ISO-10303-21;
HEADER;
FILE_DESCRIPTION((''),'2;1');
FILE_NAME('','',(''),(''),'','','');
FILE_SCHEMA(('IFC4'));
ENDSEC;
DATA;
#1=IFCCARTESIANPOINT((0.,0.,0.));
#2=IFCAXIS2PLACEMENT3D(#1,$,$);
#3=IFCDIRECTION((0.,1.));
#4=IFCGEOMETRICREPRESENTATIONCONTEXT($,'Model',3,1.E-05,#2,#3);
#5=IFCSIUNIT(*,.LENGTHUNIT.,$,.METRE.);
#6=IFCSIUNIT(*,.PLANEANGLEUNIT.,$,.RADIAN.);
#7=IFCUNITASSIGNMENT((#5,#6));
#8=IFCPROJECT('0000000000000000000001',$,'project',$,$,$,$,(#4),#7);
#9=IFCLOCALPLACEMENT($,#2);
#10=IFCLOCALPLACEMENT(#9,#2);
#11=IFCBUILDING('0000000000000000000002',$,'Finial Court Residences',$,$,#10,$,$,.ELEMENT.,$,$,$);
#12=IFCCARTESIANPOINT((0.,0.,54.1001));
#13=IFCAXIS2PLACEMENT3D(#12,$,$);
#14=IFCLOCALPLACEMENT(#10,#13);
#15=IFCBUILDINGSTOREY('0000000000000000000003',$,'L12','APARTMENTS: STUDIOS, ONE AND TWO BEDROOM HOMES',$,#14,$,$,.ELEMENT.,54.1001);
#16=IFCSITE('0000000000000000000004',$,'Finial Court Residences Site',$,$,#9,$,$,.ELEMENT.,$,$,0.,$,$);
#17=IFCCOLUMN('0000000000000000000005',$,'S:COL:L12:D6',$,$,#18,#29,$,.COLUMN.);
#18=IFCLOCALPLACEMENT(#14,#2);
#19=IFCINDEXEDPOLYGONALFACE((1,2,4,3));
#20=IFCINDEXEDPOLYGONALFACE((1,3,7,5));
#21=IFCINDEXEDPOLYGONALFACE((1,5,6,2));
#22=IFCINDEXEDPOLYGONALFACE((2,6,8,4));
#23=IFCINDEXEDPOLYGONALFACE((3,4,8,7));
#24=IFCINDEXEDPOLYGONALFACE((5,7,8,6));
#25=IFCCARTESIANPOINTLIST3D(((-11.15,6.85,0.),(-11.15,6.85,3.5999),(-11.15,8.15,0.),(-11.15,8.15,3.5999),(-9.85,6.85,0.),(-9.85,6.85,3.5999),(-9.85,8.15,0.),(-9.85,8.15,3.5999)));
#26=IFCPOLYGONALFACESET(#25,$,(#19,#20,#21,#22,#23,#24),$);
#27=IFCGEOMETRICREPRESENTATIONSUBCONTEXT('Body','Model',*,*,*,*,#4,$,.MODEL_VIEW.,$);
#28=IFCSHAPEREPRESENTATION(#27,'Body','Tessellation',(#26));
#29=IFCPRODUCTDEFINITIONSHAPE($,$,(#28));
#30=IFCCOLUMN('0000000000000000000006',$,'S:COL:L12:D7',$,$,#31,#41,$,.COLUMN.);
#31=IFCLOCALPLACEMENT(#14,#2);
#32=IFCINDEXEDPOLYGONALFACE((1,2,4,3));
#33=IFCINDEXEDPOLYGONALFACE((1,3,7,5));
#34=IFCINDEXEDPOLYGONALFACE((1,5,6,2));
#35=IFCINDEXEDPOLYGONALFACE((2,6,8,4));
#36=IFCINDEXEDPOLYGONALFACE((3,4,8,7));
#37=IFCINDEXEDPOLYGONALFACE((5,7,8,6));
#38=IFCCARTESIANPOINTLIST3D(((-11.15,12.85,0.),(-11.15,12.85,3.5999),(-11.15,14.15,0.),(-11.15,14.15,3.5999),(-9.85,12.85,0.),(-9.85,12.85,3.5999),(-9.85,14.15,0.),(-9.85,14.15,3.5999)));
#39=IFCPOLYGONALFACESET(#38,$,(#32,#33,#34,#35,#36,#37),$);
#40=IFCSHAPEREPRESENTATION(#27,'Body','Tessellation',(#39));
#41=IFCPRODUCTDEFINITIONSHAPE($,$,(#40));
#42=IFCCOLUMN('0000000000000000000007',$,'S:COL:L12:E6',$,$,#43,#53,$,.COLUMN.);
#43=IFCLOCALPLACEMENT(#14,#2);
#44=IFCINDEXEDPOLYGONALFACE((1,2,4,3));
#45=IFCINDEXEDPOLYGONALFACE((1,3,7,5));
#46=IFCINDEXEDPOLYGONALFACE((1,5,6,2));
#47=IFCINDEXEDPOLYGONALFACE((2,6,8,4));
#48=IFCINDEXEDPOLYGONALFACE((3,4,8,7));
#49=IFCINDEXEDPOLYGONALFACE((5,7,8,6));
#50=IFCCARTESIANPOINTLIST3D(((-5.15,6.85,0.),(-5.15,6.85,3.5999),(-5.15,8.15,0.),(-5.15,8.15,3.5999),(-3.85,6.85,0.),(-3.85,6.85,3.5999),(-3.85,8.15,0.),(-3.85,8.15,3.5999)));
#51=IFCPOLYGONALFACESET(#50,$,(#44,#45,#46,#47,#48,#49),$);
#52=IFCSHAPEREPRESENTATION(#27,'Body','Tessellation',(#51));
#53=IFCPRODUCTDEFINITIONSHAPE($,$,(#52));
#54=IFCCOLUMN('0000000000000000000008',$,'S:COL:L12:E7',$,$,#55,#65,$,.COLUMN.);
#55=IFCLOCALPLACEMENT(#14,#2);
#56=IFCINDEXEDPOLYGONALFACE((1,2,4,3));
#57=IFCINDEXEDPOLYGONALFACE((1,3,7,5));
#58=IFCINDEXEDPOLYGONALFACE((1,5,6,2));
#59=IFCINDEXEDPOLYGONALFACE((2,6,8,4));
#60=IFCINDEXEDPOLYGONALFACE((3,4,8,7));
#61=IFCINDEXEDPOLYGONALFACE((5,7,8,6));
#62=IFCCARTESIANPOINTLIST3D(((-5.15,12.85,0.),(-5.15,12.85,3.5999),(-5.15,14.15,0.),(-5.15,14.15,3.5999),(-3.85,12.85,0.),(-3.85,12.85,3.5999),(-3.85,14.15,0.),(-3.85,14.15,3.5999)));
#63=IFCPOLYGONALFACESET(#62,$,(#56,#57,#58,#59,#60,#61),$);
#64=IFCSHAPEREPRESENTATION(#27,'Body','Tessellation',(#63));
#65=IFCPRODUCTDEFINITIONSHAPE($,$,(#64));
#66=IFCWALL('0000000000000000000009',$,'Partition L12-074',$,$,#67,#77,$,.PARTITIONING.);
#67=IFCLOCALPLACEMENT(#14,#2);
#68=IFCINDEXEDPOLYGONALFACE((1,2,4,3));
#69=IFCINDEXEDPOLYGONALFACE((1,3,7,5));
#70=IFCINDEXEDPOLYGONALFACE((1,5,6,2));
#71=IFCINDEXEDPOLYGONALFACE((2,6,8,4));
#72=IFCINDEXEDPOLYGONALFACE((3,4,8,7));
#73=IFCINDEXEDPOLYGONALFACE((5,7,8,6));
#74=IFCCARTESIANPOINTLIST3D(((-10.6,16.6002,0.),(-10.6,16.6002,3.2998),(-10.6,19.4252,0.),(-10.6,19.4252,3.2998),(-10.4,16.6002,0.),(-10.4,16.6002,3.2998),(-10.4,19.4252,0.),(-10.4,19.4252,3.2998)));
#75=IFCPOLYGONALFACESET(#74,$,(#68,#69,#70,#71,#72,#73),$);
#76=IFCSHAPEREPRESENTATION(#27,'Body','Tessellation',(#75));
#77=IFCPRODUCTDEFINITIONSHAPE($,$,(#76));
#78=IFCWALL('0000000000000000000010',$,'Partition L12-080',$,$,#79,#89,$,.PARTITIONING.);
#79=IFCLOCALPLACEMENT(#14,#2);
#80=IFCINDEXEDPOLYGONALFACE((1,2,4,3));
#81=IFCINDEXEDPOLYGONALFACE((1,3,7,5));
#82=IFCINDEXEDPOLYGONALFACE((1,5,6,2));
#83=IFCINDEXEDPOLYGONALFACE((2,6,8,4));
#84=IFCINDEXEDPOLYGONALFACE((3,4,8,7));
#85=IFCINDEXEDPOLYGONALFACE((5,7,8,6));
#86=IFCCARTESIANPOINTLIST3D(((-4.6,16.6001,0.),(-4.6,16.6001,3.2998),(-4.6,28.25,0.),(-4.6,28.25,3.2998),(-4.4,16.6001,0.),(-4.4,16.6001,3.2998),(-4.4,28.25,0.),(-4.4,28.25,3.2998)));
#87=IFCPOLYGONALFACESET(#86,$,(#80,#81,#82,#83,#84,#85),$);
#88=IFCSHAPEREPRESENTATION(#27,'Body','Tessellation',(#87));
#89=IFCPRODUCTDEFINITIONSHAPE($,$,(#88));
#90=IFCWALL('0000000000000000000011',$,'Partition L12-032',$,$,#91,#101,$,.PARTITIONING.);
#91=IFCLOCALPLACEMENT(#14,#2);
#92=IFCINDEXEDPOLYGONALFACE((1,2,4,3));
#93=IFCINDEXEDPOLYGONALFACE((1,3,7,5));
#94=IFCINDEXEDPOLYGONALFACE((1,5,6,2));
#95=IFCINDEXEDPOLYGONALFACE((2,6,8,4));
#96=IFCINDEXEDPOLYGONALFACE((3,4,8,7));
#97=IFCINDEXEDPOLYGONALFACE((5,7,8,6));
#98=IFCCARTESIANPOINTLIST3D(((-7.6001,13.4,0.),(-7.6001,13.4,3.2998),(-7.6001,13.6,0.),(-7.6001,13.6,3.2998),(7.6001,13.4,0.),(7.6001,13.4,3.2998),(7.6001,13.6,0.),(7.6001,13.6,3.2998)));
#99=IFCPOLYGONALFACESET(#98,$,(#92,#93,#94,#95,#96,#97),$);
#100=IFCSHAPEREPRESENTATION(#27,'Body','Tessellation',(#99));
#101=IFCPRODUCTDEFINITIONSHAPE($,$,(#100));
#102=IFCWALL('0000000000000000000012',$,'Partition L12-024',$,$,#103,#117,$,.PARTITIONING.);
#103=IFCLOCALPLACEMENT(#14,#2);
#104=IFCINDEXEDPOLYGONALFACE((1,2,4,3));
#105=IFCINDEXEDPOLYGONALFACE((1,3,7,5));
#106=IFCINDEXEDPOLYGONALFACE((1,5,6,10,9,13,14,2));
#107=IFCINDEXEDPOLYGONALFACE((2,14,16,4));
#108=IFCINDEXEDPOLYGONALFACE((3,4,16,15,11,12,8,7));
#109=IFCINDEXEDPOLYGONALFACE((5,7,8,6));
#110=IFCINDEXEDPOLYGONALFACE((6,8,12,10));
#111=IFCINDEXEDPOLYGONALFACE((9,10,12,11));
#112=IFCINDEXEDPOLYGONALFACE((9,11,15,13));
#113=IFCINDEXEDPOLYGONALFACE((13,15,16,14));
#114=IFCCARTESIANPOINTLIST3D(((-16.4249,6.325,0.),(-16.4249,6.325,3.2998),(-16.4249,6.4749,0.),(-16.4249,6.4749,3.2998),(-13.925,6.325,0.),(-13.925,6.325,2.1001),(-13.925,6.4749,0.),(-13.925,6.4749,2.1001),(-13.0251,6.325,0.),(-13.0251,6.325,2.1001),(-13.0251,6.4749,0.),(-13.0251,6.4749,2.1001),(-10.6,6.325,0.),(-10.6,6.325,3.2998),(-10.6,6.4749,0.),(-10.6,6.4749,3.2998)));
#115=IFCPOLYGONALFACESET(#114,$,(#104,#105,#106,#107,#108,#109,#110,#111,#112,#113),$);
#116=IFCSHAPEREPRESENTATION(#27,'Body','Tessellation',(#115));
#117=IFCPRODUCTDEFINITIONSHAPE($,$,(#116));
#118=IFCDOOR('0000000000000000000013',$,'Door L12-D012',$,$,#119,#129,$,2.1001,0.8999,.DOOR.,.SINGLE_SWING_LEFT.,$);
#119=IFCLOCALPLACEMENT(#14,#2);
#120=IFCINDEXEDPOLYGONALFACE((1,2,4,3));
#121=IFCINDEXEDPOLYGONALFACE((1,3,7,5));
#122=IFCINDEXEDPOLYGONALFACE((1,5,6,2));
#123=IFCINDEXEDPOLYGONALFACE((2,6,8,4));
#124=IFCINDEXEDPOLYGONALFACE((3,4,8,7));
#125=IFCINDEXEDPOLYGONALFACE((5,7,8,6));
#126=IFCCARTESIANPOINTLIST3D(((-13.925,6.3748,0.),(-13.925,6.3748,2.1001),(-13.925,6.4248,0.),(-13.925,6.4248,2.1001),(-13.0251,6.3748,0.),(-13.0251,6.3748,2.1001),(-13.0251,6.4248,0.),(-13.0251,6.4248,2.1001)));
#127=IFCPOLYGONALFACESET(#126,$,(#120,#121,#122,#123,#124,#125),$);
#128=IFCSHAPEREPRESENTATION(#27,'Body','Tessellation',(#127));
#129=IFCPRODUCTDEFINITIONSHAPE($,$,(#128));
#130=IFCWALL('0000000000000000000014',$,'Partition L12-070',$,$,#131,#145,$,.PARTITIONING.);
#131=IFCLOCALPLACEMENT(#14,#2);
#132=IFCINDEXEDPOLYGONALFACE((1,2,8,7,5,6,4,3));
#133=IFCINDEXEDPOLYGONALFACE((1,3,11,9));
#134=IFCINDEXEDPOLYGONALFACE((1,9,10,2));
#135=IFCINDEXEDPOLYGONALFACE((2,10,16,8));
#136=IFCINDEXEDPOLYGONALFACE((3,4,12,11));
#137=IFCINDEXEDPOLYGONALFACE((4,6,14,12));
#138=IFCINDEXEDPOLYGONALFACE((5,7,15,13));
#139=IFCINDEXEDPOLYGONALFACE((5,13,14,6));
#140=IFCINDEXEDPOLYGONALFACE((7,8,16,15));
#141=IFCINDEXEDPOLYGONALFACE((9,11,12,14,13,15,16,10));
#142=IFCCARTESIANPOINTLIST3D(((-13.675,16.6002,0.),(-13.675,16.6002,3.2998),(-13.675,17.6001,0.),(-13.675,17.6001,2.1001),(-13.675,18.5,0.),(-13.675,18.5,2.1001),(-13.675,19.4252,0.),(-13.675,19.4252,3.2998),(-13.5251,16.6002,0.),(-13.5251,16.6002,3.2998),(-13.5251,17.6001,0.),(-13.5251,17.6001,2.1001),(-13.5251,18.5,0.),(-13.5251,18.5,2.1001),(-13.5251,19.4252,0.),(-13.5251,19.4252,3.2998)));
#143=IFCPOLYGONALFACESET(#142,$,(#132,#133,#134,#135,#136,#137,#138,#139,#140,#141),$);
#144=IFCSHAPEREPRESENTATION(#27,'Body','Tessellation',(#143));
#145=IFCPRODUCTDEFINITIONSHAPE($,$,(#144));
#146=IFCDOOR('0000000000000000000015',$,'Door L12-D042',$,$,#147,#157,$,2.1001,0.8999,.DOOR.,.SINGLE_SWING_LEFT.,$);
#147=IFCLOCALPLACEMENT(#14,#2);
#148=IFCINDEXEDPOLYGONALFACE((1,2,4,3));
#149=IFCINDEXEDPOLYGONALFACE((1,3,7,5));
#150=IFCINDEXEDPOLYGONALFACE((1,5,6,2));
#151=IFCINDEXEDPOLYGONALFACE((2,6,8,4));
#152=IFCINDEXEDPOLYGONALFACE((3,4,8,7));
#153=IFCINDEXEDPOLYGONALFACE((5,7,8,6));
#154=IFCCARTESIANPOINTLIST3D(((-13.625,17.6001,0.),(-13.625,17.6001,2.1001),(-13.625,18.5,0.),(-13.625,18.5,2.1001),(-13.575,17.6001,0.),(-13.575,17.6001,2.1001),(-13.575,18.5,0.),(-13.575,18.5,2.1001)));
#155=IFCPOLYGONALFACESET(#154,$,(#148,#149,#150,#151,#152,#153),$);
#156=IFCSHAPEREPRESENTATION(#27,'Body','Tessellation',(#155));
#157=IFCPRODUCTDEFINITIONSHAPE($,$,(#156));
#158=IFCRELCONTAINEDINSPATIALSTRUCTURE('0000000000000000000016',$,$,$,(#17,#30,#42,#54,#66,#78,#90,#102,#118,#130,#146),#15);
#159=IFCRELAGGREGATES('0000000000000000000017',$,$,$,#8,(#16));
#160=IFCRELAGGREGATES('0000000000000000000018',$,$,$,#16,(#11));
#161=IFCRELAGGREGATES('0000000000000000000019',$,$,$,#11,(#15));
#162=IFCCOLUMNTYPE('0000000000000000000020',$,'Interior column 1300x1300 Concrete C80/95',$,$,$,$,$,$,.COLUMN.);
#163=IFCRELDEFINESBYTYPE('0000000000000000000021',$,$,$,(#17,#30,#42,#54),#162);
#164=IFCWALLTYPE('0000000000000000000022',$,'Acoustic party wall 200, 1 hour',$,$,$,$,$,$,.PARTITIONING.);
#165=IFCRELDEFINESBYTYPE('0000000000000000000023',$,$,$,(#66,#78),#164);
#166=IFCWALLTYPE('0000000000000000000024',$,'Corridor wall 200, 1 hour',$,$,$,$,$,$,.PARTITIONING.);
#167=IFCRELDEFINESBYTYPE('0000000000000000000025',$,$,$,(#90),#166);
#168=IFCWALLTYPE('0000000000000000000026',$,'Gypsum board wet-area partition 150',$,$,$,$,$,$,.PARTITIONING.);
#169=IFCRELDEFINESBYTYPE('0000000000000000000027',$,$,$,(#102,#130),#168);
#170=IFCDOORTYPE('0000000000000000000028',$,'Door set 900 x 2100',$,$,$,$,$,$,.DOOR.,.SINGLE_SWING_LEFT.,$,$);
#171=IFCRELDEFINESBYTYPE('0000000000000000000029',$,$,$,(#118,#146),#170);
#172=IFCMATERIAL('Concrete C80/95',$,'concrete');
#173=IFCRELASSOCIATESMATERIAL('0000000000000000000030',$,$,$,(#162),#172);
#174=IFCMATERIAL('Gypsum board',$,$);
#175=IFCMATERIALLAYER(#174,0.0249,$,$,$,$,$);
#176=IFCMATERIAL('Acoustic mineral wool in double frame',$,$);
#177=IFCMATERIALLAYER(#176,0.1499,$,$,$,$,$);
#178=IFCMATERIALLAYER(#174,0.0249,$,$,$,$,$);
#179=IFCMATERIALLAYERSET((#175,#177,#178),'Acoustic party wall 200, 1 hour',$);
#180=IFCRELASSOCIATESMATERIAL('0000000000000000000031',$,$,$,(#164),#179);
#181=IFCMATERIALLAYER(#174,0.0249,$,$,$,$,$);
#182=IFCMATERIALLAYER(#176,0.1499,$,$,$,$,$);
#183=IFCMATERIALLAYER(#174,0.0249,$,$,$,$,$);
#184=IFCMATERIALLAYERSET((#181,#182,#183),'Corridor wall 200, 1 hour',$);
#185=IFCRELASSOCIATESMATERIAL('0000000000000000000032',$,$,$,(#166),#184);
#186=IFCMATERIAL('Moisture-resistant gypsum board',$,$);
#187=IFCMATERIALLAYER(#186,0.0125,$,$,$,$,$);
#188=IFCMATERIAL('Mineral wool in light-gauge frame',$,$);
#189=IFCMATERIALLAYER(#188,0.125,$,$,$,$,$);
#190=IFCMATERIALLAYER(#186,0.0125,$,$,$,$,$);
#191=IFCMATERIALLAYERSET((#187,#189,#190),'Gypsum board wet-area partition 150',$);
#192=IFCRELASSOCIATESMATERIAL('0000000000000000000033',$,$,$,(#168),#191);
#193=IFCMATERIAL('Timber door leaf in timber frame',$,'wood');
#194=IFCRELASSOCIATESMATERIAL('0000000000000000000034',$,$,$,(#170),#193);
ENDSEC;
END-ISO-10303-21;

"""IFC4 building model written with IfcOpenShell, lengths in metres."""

from ifc_helpers import new_model, si_unit, direction, frame, frame_2d, origin, origin_2d, place, context, subcontext, project, spatial, rectangle, extrude, material, layer, layer_set, material_profile, profile_set, type_object, element, fill, save


model = new_model("IFC4")

# Units and contexts
model_context = context("Model", 3, precision=1e-05, world=origin(), true_north=direction((0.0, 1.0)))
body_context = subcontext(model_context, "Body", "Model", "MODEL_VIEW")
ifc_project = project(units=[si_unit("LENGTHUNIT", "METRE"), si_unit("PLANEANGLEUNIT", "RADIAN")], contexts=[model_context])

# Site, building, storey
site_placement = place(None, origin())
site = spatial("IfcSite", under=ifc_project, at=site_placement, Name="Finial Court Residences Site", CompositionType="ELEMENT", RefElevation=0.0)
building_placement = place(site_placement, origin())
building = spatial("IfcBuilding", under=site, at=building_placement, Name="Finial Court Residences", CompositionType="ELEMENT")
storey_placement = place(building_placement, frame((0.0, 0.0, 54.1001)))
storey = spatial("IfcBuildingStorey", under=building, at=storey_placement, Name="L12", Description="APARTMENTS: STUDIOS, ONE AND TWO BEDROOM HOMES", CompositionType="ELEMENT", Elevation=54.1001)

# Columns
ifc_material_1 = material(Name="Concrete C80/95", Category="concrete")
ifc_material_profile = material_profile(ifc_material_1, rectangle(XDim=1.3, YDim=1.3, at=origin_2d()), Name="1300x1300")
ifc_profile_set = profile_set([ifc_material_profile], Name="Concrete C80/95")
column_type = type_object("IfcColumnType", Name="Interior column 1300x1300 Concrete C80/95", PredefinedType="COLUMN", material=ifc_profile_set)
for number, where, z_axis, x_axis, name in (
    (1, (-10.5, 7.5, 0.0), (0.0, 0.0, 1.0), (1.0, 0.0, 0.0), "S:COL:L12:D6"),
    (2, (-10.5, 13.5, 0.0), (0.0, 0.0, 1.0), (1.0, 0.0, 0.0), "S:COL:L12:D7"),
    (3, (-4.5, 7.5, 0.0), (0.0, 0.0, 1.0), (1.0, 0.0, 0.0), "S:COL:L12:E6"),
    (4, (-4.5, 13.5, 0.0), (0.0, 0.0, 1.0), (1.0, 0.0, 0.0), "S:COL:L12:E7"),
):
    element("IfcColumn", number, at=place(storey_placement, frame(where, z_axis=z_axis, x_axis=x_axis)), inside=storey, type_object=column_type, Name=name, PredefinedType="COLUMN", context=body_context, shape_type="SweptSolid", body=[
        extrude(rectangle(XDim=1.3, YDim=1.3, at=origin_2d()), origin(), (0.0, 0.0, 1.0), 3.5999),
    ])

# Walls
ifc_material_2 = material(Name="Gypsum board")
ifc_layer_1 = layer(ifc_material_2, 0.0249)
ifc_material_3 = material(Name="Acoustic mineral wool in double frame")
ifc_layer_2 = layer(ifc_material_3, 0.1499)
ifc_layer_3 = layer(ifc_material_2, 0.0249)
ifc_layer_set_1 = layer_set([ifc_layer_1, ifc_layer_2, ifc_layer_3], Name="Acoustic party wall 200, 1 hour")
wall_type_1 = type_object("IfcWallType", Name="Acoustic party wall 200, 1 hour", PredefinedType="PARTITIONING", material=ifc_layer_set_1)
wall_1_placement = place(storey_placement, frame((-10.5, 16.6001, 0.0), z_axis=(0.0, 0.0, 1.0), x_axis=(0.0, 1.0, 0.0)))
element("IfcWall", 5, at=wall_1_placement, inside=storey, type_object=wall_type_1, Name="Partition L12-074", PredefinedType="PARTITIONING", context=body_context, shape_type="SweptSolid", body=[
    extrude(rectangle(XDim=2.825, YDim=0.2, at=frame_2d((1.4126, 0.0))), origin(), (0.0, 0.0, 1.0), 3.2998),
])
wall_2_placement = place(storey_placement, frame((-4.5, 16.6001, 0.0), z_axis=(0.0, 0.0, 1.0), x_axis=(0.0, 1.0, 0.0)))
element("IfcWall", 6, at=wall_2_placement, inside=storey, type_object=wall_type_1, Name="Partition L12-080", PredefinedType="PARTITIONING", context=body_context, shape_type="SweptSolid", body=[
    extrude(rectangle(XDim=11.6499, YDim=0.2, at=frame_2d((5.825, 0.0))), origin(), (0.0, 0.0, 1.0), 3.2998),
])
ifc_layer_4 = layer(ifc_material_2, 0.0249)
ifc_layer_5 = layer(ifc_material_3, 0.1499)
ifc_layer_6 = layer(ifc_material_2, 0.0249)
ifc_layer_set_2 = layer_set([ifc_layer_4, ifc_layer_5, ifc_layer_6], Name="Corridor wall 200, 1 hour")
wall_type_2 = type_object("IfcWallType", Name="Corridor wall 200, 1 hour", PredefinedType="PARTITIONING", material=ifc_layer_set_2)
wall_3_placement = place(storey_placement, frame((-7.6001, 13.5, 0.0), z_axis=(0.0, 0.0, 1.0), x_axis=(1.0, 0.0, 0.0)))
element("IfcWall", 7, at=wall_3_placement, inside=storey, type_object=wall_type_2, Name="Partition L12-032", PredefinedType="PARTITIONING", context=body_context, shape_type="SweptSolid", body=[
    extrude(rectangle(XDim=15.2002, YDim=0.2, at=frame_2d((7.6001, 0.0))), origin(), (0.0, 0.0, 1.0), 3.2998),
])

# Walls, openings, doors
ifc_material_4 = material(Name="Moisture-resistant gypsum board")
ifc_layer_7 = layer(ifc_material_4, 0.0125)
ifc_material_5 = material(Name="Mineral wool in light-gauge frame")
ifc_layer_8 = layer(ifc_material_5, 0.125)
ifc_layer_9 = layer(ifc_material_4, 0.0125)
ifc_layer_set_3 = layer_set([ifc_layer_7, ifc_layer_8, ifc_layer_9], Name="Gypsum board wet-area partition 150")
wall_type_3 = type_object("IfcWallType", Name="Gypsum board wet-area partition 150", PredefinedType="PARTITIONING", material=ifc_layer_set_3)
wall_4_placement = place(storey_placement, frame((-16.425, 6.3999, 0.0), z_axis=(0.0, 0.0, 1.0), x_axis=(1.0, 0.0, 0.0)))
wall_4 = element("IfcWall", 8, at=wall_4_placement, inside=storey, type_object=wall_type_3, Name="Partition L12-024", PredefinedType="PARTITIONING", context=body_context, shape_type="SweptSolid", body=[
    extrude(rectangle(XDim=5.825, YDim=0.1499, at=frame_2d((2.9126, 0.0))), origin(), (0.0, 0.0, 1.0), 3.2998),
])
opening_1_placement = place(wall_4_placement, frame((2.5, 0.0, 0.0)))
opening_1 = element("IfcOpeningElement", 9, at=opening_1_placement, cuts=wall_4, PredefinedType="OPENING", context=body_context, shape_type="SweptSolid", body=[
    extrude(rectangle(XDim=0.8999, YDim=2.1001, at=frame_2d((0.45, 1.05))), frame((0.0, 0.085, 0.0), z_axis=(0.0, -1.0, 0.0), x_axis=(1.0, 0.0, 0.0)), (0.0, 0.0, 1.0), 0.1699),
])
ifc_material_6 = material(Name="Timber door leaf in timber frame", Category="wood")
door_type = type_object("IfcDoorType", Name="Door set 900 x 2100", OperationType="SINGLE_SWING_LEFT", PredefinedType="DOOR", material=ifc_material_6)
door_1_placement = place(opening_1_placement, origin())
door_1 = element("IfcDoor", 10, at=door_1_placement, inside=storey, type_object=door_type, Name="Door L12-D012", OperationType="SINGLE_SWING_LEFT", OverallHeight=2.1001, OverallWidth=0.8999, PredefinedType="DOOR", context=body_context, shape_type="SweptSolid", body=[
    extrude(rectangle(XDim=0.8999, YDim=2.1001, at=frame_2d((0.45, 1.05))), frame((0.0, 0.0249, 0.0), z_axis=(0.0, -1.0, 0.0), x_axis=(1.0, 0.0, 0.0)), (0.0, 0.0, 1.0), 0.05),
])
fill(opening_1, door_1)
wall_5_placement = place(storey_placement, frame((-13.6001, 16.6001, 0.0), z_axis=(0.0, 0.0, 1.0), x_axis=(0.0, 1.0, 0.0)))
wall_5 = element("IfcWall", 11, at=wall_5_placement, inside=storey, type_object=wall_type_3, Name="Partition L12-070", PredefinedType="PARTITIONING", context=body_context, shape_type="SweptSolid", body=[
    extrude(rectangle(XDim=2.825, YDim=0.1499, at=frame_2d((1.4126, 0.0))), origin(), (0.0, 0.0, 1.0), 3.2998),
])
opening_2_placement = place(wall_5_placement, frame((1.0, 0.0, 0.0)))
opening_2 = element("IfcOpeningElement", 12, at=opening_2_placement, cuts=wall_5, PredefinedType="OPENING", context=body_context, shape_type="SweptSolid", body=[
    extrude(rectangle(XDim=0.8999, YDim=2.1001, at=frame_2d((0.45, 1.05))), frame((0.0, 0.085, 0.0), z_axis=(0.0, -1.0, 0.0), x_axis=(1.0, 0.0, 0.0)), (0.0, 0.0, 1.0), 0.1699),
])
door_2_placement = place(opening_2_placement, origin())
door_2 = element("IfcDoor", 13, at=door_2_placement, inside=storey, type_object=door_type, Name="Door L12-D042", OperationType="SINGLE_SWING_LEFT", OverallHeight=2.1001, OverallWidth=0.8999, PredefinedType="DOOR", context=body_context, shape_type="SweptSolid", body=[
    extrude(rectangle(XDim=0.8999, YDim=2.1001, at=frame_2d((0.45, 1.05))), frame((0.0, 0.0249, 0.0), z_axis=(0.0, -1.0, 0.0), x_axis=(1.0, 0.0, 0.0)), (0.0, 0.0, 1.0), 0.05),
])
fill(opening_2, door_2)

save(model, "model.ifc")
